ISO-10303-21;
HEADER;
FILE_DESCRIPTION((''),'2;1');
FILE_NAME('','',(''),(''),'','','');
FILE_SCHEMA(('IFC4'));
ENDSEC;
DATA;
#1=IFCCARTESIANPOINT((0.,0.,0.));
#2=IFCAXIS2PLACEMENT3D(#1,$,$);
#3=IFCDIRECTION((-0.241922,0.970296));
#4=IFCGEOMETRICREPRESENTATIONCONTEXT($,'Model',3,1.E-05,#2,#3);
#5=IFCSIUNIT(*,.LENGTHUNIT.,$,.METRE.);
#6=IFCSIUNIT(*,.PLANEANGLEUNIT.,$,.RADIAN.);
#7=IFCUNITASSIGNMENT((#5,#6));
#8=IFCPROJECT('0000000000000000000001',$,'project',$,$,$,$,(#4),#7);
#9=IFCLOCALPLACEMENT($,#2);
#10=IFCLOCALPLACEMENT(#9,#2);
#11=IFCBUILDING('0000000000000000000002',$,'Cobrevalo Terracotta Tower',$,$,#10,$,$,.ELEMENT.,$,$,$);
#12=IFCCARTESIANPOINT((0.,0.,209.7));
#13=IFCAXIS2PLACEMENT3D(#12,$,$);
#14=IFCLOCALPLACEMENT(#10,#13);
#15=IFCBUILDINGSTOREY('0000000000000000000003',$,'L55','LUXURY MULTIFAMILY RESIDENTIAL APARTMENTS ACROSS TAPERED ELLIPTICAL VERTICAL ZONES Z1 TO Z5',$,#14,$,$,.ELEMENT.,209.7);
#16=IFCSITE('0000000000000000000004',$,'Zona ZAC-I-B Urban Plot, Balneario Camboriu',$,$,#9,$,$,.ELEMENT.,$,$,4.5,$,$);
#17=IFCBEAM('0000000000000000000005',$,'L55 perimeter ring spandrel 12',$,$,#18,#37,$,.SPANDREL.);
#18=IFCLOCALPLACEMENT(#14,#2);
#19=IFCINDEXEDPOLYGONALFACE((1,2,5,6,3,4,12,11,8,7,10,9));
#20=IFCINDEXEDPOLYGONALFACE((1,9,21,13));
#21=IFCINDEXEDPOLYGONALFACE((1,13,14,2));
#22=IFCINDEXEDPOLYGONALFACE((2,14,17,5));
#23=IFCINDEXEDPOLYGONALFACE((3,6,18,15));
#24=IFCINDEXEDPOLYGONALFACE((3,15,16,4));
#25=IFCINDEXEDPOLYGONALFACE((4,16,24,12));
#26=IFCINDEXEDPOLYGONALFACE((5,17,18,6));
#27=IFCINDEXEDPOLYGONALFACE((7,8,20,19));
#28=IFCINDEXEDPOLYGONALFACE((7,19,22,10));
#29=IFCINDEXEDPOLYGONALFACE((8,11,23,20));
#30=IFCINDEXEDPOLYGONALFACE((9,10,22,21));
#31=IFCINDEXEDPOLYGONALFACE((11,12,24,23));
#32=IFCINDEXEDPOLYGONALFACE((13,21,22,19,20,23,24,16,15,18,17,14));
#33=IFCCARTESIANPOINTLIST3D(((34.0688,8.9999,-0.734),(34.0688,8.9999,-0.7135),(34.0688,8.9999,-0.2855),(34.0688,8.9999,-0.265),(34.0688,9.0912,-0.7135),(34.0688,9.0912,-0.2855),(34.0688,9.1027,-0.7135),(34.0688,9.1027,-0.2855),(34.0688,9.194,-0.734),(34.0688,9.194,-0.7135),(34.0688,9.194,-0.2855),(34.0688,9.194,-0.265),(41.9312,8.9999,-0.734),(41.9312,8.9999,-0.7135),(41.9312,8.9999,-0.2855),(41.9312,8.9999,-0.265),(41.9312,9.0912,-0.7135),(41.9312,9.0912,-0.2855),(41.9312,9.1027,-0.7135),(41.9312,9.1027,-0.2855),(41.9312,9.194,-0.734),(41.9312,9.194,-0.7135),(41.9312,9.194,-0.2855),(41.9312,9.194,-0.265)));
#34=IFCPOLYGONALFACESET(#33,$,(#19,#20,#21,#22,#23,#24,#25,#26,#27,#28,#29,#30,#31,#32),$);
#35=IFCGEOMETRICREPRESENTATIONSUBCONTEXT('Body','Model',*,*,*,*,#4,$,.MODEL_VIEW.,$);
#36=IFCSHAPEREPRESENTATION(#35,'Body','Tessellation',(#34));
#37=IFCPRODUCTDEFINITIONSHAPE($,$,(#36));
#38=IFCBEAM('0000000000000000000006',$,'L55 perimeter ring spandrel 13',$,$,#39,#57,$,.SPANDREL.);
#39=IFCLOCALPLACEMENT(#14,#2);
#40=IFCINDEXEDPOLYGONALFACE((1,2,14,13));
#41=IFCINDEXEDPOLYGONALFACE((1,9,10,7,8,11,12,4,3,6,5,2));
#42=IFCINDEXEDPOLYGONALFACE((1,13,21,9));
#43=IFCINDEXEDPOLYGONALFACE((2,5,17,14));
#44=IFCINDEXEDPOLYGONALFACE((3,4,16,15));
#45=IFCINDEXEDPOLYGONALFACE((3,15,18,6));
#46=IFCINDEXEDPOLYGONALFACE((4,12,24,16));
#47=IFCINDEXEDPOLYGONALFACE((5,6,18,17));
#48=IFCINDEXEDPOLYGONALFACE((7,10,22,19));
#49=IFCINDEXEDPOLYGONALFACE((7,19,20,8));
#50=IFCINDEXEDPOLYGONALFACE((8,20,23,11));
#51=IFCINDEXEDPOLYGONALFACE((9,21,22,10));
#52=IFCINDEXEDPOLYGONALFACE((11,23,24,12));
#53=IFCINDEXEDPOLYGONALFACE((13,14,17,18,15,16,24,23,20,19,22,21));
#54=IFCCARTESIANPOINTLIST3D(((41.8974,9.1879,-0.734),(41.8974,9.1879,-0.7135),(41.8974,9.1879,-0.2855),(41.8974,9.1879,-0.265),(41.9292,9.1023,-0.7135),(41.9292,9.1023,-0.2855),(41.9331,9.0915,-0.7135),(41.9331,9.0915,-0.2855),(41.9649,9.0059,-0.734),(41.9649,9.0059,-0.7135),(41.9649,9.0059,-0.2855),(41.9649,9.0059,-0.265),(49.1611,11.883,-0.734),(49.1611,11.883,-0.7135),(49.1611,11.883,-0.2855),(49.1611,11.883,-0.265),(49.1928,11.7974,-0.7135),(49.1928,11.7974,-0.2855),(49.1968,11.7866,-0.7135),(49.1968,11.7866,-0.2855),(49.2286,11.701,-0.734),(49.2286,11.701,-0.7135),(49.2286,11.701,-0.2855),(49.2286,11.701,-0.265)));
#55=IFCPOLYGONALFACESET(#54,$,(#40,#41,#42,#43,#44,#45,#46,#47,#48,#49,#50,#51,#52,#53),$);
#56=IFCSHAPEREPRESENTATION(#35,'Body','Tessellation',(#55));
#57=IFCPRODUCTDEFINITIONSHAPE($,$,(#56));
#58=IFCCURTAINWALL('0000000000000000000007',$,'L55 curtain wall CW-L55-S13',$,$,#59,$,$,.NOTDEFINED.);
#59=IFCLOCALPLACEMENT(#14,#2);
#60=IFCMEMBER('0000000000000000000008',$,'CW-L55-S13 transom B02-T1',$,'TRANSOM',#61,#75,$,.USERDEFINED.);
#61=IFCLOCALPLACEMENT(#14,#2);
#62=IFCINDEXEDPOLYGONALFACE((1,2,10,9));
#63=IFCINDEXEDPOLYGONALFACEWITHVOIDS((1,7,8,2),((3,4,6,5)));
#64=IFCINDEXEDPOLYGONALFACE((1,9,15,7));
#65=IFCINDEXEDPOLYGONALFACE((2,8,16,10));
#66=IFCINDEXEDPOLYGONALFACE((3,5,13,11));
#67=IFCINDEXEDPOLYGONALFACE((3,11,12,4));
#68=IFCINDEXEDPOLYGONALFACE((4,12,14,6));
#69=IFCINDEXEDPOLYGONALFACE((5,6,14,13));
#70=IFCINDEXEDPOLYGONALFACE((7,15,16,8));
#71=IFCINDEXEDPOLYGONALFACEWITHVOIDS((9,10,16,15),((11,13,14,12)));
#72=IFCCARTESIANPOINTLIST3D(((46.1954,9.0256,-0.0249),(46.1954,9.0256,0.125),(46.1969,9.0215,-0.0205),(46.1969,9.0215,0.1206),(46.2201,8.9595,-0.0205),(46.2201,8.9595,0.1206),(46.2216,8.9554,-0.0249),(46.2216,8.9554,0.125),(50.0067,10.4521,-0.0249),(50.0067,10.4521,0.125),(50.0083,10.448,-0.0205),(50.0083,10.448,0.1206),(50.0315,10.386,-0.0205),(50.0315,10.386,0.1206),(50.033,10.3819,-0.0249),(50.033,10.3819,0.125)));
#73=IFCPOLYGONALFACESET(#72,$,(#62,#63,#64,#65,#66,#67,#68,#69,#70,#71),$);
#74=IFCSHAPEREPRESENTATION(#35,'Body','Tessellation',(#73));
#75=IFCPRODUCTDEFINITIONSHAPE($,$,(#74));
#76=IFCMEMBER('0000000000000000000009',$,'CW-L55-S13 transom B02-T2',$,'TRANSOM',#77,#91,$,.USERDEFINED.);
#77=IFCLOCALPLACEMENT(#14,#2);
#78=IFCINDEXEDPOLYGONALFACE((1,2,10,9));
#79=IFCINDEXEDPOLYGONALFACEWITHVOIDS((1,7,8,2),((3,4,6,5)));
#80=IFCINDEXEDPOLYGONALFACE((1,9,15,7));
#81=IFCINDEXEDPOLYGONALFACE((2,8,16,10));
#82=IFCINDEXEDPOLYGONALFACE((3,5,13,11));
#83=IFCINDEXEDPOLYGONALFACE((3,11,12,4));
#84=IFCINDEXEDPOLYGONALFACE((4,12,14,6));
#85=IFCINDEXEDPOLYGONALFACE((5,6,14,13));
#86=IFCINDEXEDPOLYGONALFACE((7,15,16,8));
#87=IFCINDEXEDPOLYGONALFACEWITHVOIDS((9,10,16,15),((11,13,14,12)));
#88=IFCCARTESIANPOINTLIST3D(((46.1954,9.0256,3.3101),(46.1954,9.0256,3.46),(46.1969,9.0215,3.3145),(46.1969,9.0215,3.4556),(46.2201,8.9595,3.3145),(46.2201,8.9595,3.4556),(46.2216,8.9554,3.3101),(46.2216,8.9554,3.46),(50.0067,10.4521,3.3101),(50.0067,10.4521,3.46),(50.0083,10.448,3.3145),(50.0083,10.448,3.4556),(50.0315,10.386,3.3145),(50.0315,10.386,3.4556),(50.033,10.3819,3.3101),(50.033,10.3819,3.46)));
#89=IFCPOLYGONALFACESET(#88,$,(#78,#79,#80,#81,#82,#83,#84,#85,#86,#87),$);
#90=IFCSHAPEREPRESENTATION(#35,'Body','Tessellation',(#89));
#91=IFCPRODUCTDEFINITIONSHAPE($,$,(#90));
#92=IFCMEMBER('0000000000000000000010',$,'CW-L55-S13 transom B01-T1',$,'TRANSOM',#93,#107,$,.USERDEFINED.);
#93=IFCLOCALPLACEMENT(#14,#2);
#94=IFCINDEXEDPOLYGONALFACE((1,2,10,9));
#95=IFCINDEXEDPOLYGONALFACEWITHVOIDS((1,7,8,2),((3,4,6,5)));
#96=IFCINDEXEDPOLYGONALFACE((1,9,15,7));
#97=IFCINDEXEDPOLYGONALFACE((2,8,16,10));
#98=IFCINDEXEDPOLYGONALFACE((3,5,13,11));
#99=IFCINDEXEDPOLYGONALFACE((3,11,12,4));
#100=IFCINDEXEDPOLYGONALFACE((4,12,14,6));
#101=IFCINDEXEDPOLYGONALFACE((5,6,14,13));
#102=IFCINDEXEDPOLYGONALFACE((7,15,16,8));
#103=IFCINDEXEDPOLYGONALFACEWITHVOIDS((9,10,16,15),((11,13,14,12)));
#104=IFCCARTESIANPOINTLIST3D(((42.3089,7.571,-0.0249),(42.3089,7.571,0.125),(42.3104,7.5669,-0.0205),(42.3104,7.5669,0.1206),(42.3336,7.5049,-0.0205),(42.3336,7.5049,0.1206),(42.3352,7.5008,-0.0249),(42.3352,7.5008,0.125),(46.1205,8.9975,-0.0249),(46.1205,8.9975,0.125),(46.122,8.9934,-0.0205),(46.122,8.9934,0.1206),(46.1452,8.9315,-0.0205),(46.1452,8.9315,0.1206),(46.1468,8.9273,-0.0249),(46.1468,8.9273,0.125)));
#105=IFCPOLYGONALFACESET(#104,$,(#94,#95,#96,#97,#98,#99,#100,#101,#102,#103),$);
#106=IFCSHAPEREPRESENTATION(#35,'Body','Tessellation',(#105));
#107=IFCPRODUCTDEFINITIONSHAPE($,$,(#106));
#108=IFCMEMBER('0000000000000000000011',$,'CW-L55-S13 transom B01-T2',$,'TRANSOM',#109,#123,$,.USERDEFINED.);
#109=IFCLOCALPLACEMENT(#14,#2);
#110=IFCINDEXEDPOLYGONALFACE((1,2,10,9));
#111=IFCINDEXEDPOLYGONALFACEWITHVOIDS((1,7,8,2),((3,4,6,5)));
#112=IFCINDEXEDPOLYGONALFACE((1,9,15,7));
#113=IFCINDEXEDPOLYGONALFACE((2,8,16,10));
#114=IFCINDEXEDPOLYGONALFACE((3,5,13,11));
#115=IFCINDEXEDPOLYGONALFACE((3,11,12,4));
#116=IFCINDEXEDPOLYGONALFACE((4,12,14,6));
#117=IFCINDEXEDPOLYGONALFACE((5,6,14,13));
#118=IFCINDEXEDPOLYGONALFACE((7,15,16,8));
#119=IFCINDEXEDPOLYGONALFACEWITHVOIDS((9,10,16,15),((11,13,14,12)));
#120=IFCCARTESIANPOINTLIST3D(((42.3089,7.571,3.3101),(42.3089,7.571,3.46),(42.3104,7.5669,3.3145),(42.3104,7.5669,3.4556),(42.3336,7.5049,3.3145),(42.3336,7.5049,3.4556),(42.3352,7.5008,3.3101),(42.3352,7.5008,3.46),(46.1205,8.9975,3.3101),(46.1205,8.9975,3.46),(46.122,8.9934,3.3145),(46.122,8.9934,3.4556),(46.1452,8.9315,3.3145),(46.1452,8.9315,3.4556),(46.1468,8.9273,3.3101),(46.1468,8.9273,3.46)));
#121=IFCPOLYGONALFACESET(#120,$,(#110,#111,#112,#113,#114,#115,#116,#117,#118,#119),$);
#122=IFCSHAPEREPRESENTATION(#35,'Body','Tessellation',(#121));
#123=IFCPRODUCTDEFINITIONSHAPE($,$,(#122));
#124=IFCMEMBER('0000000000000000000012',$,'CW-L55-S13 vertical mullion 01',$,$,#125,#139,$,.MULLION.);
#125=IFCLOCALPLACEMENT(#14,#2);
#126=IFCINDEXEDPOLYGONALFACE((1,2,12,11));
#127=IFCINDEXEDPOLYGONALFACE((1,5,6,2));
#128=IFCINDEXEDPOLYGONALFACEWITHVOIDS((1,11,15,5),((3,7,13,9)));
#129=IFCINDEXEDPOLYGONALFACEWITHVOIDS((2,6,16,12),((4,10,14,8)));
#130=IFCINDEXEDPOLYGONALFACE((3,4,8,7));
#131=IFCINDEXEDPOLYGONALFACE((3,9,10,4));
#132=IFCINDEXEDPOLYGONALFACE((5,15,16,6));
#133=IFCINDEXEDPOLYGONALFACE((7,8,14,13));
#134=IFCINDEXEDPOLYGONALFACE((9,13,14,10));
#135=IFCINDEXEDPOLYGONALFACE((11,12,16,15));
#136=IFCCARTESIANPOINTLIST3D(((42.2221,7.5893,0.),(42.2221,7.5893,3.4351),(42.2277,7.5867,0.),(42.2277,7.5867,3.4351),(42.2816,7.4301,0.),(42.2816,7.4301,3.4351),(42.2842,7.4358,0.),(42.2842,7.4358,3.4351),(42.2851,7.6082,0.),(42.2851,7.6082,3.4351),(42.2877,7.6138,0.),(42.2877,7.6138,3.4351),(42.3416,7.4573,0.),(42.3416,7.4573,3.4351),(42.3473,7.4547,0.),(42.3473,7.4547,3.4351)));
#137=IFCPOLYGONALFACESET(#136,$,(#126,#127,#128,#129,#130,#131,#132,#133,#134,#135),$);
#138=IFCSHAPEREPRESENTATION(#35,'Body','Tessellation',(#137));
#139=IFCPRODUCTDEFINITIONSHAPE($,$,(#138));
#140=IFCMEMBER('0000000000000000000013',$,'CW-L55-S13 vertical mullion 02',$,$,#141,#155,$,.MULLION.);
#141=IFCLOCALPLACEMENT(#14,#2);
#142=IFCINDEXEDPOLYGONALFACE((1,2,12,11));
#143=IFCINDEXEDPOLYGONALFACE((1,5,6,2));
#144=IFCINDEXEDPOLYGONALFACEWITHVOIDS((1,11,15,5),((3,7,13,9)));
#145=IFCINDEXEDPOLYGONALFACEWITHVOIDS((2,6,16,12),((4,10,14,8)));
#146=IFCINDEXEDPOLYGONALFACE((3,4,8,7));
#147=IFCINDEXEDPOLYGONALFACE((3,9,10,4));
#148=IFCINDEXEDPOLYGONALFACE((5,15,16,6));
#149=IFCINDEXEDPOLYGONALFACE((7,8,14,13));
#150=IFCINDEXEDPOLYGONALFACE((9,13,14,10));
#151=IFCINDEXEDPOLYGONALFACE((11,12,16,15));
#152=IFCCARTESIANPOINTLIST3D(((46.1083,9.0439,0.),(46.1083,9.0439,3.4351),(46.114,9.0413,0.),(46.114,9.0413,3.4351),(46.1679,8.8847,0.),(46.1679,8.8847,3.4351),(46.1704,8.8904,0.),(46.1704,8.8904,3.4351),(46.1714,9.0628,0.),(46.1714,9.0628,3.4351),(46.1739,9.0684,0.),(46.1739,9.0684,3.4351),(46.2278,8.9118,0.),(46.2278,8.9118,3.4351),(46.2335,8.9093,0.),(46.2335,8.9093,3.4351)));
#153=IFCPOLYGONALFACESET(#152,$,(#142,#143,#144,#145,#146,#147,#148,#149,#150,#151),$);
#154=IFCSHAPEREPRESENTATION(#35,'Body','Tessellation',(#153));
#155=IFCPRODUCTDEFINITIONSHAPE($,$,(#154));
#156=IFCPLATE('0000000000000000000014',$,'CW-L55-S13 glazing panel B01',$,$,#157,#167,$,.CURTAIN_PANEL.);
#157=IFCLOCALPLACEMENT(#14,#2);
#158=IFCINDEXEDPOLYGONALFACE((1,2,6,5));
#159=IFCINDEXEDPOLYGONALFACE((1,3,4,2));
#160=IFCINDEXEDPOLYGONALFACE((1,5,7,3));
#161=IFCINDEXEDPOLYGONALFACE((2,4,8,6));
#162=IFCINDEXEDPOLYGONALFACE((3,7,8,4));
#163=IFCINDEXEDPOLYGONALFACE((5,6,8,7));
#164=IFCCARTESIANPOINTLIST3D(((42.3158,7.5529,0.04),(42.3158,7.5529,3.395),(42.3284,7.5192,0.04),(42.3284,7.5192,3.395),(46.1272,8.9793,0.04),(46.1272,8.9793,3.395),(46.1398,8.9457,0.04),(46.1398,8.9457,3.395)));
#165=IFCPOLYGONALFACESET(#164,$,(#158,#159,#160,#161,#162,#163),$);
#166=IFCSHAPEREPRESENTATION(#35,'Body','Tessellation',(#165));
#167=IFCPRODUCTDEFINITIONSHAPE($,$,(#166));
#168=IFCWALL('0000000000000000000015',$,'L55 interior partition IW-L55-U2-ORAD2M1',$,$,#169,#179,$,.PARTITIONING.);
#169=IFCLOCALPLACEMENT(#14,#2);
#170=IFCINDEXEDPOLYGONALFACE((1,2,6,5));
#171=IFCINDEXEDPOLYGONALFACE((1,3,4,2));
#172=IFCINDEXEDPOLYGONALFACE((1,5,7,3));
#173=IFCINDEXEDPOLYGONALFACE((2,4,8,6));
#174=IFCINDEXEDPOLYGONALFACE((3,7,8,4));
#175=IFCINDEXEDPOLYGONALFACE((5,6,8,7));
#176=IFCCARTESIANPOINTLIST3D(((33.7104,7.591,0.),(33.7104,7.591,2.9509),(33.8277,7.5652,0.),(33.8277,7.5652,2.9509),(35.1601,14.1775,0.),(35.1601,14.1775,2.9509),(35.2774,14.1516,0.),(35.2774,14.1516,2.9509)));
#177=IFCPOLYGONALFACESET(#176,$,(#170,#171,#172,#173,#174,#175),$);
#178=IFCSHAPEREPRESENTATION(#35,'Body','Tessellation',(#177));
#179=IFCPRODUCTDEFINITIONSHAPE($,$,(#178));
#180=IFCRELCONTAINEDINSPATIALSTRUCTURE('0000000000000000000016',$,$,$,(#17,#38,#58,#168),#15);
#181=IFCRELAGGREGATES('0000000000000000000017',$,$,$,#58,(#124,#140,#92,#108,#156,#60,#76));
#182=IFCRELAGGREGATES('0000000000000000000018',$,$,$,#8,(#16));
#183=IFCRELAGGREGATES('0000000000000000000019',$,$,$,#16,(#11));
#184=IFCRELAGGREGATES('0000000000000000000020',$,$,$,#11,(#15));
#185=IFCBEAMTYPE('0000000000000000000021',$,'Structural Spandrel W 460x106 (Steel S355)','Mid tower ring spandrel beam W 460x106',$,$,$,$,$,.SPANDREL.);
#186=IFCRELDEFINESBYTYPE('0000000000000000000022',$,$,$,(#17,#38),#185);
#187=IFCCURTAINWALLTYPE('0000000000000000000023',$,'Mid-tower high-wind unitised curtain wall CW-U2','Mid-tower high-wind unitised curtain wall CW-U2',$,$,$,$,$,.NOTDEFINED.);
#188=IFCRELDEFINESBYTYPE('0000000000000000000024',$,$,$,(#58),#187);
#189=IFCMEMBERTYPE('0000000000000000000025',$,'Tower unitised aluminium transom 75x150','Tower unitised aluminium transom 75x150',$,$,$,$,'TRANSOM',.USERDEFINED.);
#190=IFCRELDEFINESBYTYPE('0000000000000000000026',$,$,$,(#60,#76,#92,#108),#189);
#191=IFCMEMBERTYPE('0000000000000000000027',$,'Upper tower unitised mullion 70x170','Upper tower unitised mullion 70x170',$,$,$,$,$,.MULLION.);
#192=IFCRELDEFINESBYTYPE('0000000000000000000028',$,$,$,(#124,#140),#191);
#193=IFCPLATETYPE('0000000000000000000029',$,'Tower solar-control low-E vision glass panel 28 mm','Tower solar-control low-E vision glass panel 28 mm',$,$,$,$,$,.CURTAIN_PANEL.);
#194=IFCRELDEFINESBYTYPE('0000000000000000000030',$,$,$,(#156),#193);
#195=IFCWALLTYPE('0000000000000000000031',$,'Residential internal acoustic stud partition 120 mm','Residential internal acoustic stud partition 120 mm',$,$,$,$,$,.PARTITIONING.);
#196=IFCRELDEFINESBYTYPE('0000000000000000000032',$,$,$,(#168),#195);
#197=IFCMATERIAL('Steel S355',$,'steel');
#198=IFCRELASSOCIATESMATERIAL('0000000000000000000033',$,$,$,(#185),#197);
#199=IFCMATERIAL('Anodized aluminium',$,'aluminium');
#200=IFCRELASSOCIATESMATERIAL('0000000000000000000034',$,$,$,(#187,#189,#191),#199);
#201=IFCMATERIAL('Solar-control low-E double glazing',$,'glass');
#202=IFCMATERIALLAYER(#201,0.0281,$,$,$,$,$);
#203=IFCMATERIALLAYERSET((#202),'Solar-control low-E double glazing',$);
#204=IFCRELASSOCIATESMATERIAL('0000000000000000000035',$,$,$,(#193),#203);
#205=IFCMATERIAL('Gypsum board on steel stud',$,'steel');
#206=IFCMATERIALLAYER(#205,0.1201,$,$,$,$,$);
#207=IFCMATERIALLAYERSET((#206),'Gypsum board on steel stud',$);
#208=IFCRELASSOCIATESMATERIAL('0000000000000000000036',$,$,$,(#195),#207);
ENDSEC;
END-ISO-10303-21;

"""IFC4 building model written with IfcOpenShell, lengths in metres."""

from ifc_helpers import new_model, si_unit, direction, frame, frame_2d, origin, origin_2d, place, context, subcontext, project, spatial, rectangle, hollow_rectangle, i_section, extrude, source, transform, mapped, material, layer, layer_set, material_profile, profile_set, type_object, element, aggregate, save


model = new_model("IFC4")

# Units and contexts
model_context = context("Model", 3, precision=1e-05, world=origin(), true_north=direction((-0.241922, 0.970296)))
body_context = subcontext(model_context, "Body", "Model", "MODEL_VIEW")
ifc_project = project(units=[si_unit("LENGTHUNIT", "METRE"), si_unit("PLANEANGLEUNIT", "RADIAN")], contexts=[model_context])

# Site, building, storey
site_placement = place(None, origin())
site = spatial("IfcSite", under=ifc_project, at=site_placement, Name="Zona ZAC-I-B Urban Plot, Balneario Camboriu", CompositionType="ELEMENT", RefElevation=4.5)
building_placement = place(site_placement, origin())
building = spatial("IfcBuilding", under=site, at=building_placement, Name="Cobrevalo Terracotta Tower", CompositionType="ELEMENT")
storey_placement = place(building_placement, frame((0.0, 0.0, 209.7)))
storey = spatial("IfcBuildingStorey", under=building, at=storey_placement, Name="L55", Description="LUXURY MULTIFAMILY RESIDENTIAL APARTMENTS ACROSS TAPERED ELLIPTICAL VERTICAL ZONES Z1 TO Z5", CompositionType="ELEMENT", Elevation=209.7)

# Shared definitions
ifc_material_1 = material(Name="Steel S355", Category="steel")

# Beams
ifc_material_profile_1 = material_profile(ifc_material_1, i_section(OverallWidth=0.1941, OverallDepth=0.469, WebThickness=0.0115, FlangeThickness=0.0205, at=origin_2d()), Name="W 460x106")
ifc_profile_set_1 = profile_set([ifc_material_profile_1], Name="Steel S355")
beam_type_1 = type_object("IfcBeamType", Name="Structural Spandrel W 460x106 (Steel S355)", Description="Mid tower ring spandrel beam W 460x106", PredefinedType="SPANDREL", material=ifc_profile_set_1)
beam_1_placement = place(storey_placement, frame((34.0688, 9.0969, -0.4995), z_axis=(1.0, 0.0, 0.0), x_axis=(0.0, 1.0, 0.0)))
element("IfcBeam", 1, at=beam_1_placement, inside=storey, type_object=beam_type_1, Name="L55 perimeter ring spandrel 12", PredefinedType="SPANDREL", context=body_context, shape_type="SweptSolid", body=[
    extrude(i_section(OverallWidth=0.1941, OverallDepth=0.469, WebThickness=0.0115, FlangeThickness=0.0205, at=origin_2d()), origin(), (0.0, 0.0, 1.0), 7.8623),
])
beam_2_placement = place(storey_placement, frame((41.9312, 9.0969, -0.4995), z_axis=(0.937546, 0.347861, 0.0), x_axis=(-0.347861, 0.937546, 0.0)))
element("IfcBeam", 2, at=beam_2_placement, inside=storey, type_object=beam_type_1, Name="L55 perimeter ring spandrel 13", PredefinedType="SPANDREL", context=body_context, shape_type="SweptSolid", body=[
    extrude(i_section(OverallWidth=0.1941, OverallDepth=0.469, WebThickness=0.0115, FlangeThickness=0.0205, at=origin_2d()), origin(), (0.0, 0.0, 1.0), 7.7476),
])

# Curtain wall, members, plate
ifc_material_2 = material(Name="Anodized aluminium", Category="aluminium")
curtain_wall_type = type_object("IfcCurtainWallType", Name="Mid-tower high-wind unitised curtain wall CW-U2", Description="Mid-tower high-wind unitised curtain wall CW-U2", PredefinedType="NOTDEFINED", material=ifc_material_2)
curtain_wall_placement = place(storey_placement, origin())
curtain_wall = element("IfcCurtainWall", 3, at=curtain_wall_placement, inside=storey, type_object=curtain_wall_type, Name="L55 curtain wall CW-L55-S13", PredefinedType="NOTDEFINED")
ifc_material_profile_2 = material_profile(ifc_material_2, hollow_rectangle(XDim=0.075, YDim=0.1499, WallThickness=0.0044, at=origin_2d()), Name="CWT 75x150")
ifc_profile_set_2 = profile_set([ifc_material_profile_2], Name="Anodized aluminium")
member_type_1 = type_object("IfcMemberType", Name="Tower unitised aluminium transom 75x150", Description="Tower unitised aluminium transom 75x150", ElementType="TRANSOM", PredefinedType="USERDEFINED", material=ifc_profile_set_2)
shared_shape_1 = source(origin(), body_context, "Body", "SweptSolid", [
    extrude(hollow_rectangle(XDim=0.075, YDim=0.1499, WallThickness=0.0044, at=origin_2d()), origin(), (0.0, 0.0, 1.0), 4.0696),
])
member_1_placement = place(storey_placement, frame((46.2085, 8.9905, 0.05), z_axis=(0.936548, 0.350538, 0.0), x_axis=(-0.350538, 0.936548, 0.0)))
member_1 = element("IfcMember", 4, at=member_1_placement, type_object=member_type_1, Name="CW-L55-S13 transom B02-T1", ObjectType="TRANSOM", PredefinedType="USERDEFINED", context=body_context, shape_type="MappedRepresentation", body=[
    mapped(shared_shape_1, transform((0.0, 0.0, 0.0), scale=1.0)),
])
member_2_placement = place(storey_placement, frame((46.2085, 8.9905, 3.385), z_axis=(0.936548, 0.350538, 0.0), x_axis=(-0.350538, 0.936548, 0.0)))
member_2 = element("IfcMember", 5, at=member_2_placement, type_object=member_type_1, Name="CW-L55-S13 transom B02-T2", ObjectType="TRANSOM", PredefinedType="USERDEFINED", context=body_context, shape_type="MappedRepresentation", body=[
    mapped(shared_shape_1, transform((0.0, 0.0, 0.0), scale=1.0)),
])
shared_shape_2 = source(origin(), body_context, "Body", "SweptSolid", [
    extrude(hollow_rectangle(XDim=0.075, YDim=0.1499, WallThickness=0.0044, at=origin_2d()), origin(), (0.0, 0.0, 1.0), 4.0698),
])
member_3_placement = place(storey_placement, frame((42.322, 7.5359, 0.05), z_axis=(0.936556, 0.350519, 0.0), x_axis=(-0.350519, 0.936556, 0.0)))
member_3 = element("IfcMember", 6, at=member_3_placement, type_object=member_type_1, Name="CW-L55-S13 transom B01-T1", ObjectType="TRANSOM", PredefinedType="USERDEFINED", context=body_context, shape_type="MappedRepresentation", body=[
    mapped(shared_shape_2, transform((0.0, 0.0, 0.0), scale=1.0)),
])
member_4_placement = place(storey_placement, frame((42.322, 7.5359, 3.385), z_axis=(0.936556, 0.350519, 0.0), x_axis=(-0.350519, 0.936556, 0.0)))
member_4 = element("IfcMember", 7, at=member_4_placement, type_object=member_type_1, Name="CW-L55-S13 transom B01-T2", ObjectType="TRANSOM", PredefinedType="USERDEFINED", context=body_context, shape_type="MappedRepresentation", body=[
    mapped(shared_shape_2, transform((0.0, 0.0, 0.0), scale=1.0)),
])
ifc_material_profile_3 = material_profile(ifc_material_2, hollow_rectangle(XDim=0.0701, YDim=0.1699, WallThickness=0.0044, at=origin_2d()), Name="CWM 70x170")
ifc_profile_set_3 = profile_set([ifc_material_profile_3], Name="Anodized aluminium")
member_type_2 = type_object("IfcMemberType", Name="Upper tower unitised mullion 70x170", Description="Upper tower unitised mullion 70x170", PredefinedType="MULLION", material=ifc_profile_set_3)
shared_shape_3 = source(origin(), body_context, "Body", "SweptSolid", [
    extrude(hollow_rectangle(XDim=0.0701, YDim=0.1699, WallThickness=0.0044, at=origin_2d()), origin(), (0.0, 0.0, 1.0), 3.4351),
])
member_5_placement = place(storey_placement, frame((42.2847, 7.522, 0.0), z_axis=(0.0, 0.0, 1.0), x_axis=(0.936556, 0.350518, 0.0)))
member_5 = element("IfcMember", 8, at=member_5_placement, type_object=member_type_2, Name="CW-L55-S13 vertical mullion 01", PredefinedType="MULLION", context=body_context, shape_type="MappedRepresentation", body=[
    mapped(shared_shape_3, transform((0.0, 0.0, 0.0), scale=1.0)),
])
member_6_placement = place(storey_placement, frame((46.1709, 8.9766, 0.0), z_axis=(0.0, 0.0, 1.0), x_axis=(0.936556, 0.350518, 0.0)))
member_6 = element("IfcMember", 9, at=member_6_placement, type_object=member_type_2, Name="CW-L55-S13 vertical mullion 02", PredefinedType="MULLION", context=body_context, shape_type="MappedRepresentation", body=[
    mapped(shared_shape_3, transform((0.0, 0.0, 0.0), scale=1.0)),
])
ifc_material_3 = material(Name="Solar-control low-E double glazing", Category="glass")
ifc_layer_1 = layer(ifc_material_3, 0.0281)
ifc_layer_set_1 = layer_set([ifc_layer_1], Name="Solar-control low-E double glazing")
plate_type = type_object("IfcPlateType", Name="Tower solar-control low-E vision glass panel 28 mm", Description="Tower solar-control low-E vision glass panel 28 mm", PredefinedType="CURTAIN_PANEL", material=ifc_layer_set_1)
shared_shape_4 = source(origin(), body_context, "Body", "SweptSolid", [
    extrude(rectangle(XDim=4.0696, YDim=0.0359, at=origin_2d()), origin(), (0.0, 0.0, 1.0), 3.355),
])
plate_placement = place(storey_placement, frame((44.2278, 8.2493, 0.04), z_axis=(0.0, 0.0, 1.0), x_axis=(0.936558, 0.350513, 0.0)))
plate = element("IfcPlate", 10, at=plate_placement, type_object=plate_type, Name="CW-L55-S13 glazing panel B01", PredefinedType="CURTAIN_PANEL", context=body_context, shape_type="MappedRepresentation", body=[
    mapped(shared_shape_4, transform((0.0, 0.0, 0.0), scale=1.0)),
])
aggregate(curtain_wall, [member_5, member_6, member_3, member_4, plate, member_1, member_2])

# Wall
ifc_material_4 = material(Name="Gypsum board on steel stud", Category="steel")
ifc_layer_2 = layer(ifc_material_4, 0.1201)
ifc_layer_set_2 = layer_set([ifc_layer_2], Name="Gypsum board on steel stud")
wall_type = type_object("IfcWallType", Name="Residential internal acoustic stud partition 120 mm", Description="Residential internal acoustic stud partition 120 mm", PredefinedType="PARTITIONING", material=ifc_layer_set_2)
wall_1_placement = place(storey_placement, frame((35.2188, 14.1646, 0.0), z_axis=(0.0, 0.0, 1.0), x_axis=(-0.21496, -0.976623, 0.0)))
element("IfcWall", 11, at=wall_1_placement, inside=storey, type_object=wall_type, Name="L55 interior partition IW-L55-U2-ORAD2M1", PredefinedType="PARTITIONING", context=body_context, shape_type="SweptSolid", body=[
    extrude(rectangle(XDim=6.7441, YDim=0.1201, at=frame_2d((3.3721, 0.0))), origin(), (0.0, 0.0, 1.0), 2.9509),
])

save(model, "model.ifc")
